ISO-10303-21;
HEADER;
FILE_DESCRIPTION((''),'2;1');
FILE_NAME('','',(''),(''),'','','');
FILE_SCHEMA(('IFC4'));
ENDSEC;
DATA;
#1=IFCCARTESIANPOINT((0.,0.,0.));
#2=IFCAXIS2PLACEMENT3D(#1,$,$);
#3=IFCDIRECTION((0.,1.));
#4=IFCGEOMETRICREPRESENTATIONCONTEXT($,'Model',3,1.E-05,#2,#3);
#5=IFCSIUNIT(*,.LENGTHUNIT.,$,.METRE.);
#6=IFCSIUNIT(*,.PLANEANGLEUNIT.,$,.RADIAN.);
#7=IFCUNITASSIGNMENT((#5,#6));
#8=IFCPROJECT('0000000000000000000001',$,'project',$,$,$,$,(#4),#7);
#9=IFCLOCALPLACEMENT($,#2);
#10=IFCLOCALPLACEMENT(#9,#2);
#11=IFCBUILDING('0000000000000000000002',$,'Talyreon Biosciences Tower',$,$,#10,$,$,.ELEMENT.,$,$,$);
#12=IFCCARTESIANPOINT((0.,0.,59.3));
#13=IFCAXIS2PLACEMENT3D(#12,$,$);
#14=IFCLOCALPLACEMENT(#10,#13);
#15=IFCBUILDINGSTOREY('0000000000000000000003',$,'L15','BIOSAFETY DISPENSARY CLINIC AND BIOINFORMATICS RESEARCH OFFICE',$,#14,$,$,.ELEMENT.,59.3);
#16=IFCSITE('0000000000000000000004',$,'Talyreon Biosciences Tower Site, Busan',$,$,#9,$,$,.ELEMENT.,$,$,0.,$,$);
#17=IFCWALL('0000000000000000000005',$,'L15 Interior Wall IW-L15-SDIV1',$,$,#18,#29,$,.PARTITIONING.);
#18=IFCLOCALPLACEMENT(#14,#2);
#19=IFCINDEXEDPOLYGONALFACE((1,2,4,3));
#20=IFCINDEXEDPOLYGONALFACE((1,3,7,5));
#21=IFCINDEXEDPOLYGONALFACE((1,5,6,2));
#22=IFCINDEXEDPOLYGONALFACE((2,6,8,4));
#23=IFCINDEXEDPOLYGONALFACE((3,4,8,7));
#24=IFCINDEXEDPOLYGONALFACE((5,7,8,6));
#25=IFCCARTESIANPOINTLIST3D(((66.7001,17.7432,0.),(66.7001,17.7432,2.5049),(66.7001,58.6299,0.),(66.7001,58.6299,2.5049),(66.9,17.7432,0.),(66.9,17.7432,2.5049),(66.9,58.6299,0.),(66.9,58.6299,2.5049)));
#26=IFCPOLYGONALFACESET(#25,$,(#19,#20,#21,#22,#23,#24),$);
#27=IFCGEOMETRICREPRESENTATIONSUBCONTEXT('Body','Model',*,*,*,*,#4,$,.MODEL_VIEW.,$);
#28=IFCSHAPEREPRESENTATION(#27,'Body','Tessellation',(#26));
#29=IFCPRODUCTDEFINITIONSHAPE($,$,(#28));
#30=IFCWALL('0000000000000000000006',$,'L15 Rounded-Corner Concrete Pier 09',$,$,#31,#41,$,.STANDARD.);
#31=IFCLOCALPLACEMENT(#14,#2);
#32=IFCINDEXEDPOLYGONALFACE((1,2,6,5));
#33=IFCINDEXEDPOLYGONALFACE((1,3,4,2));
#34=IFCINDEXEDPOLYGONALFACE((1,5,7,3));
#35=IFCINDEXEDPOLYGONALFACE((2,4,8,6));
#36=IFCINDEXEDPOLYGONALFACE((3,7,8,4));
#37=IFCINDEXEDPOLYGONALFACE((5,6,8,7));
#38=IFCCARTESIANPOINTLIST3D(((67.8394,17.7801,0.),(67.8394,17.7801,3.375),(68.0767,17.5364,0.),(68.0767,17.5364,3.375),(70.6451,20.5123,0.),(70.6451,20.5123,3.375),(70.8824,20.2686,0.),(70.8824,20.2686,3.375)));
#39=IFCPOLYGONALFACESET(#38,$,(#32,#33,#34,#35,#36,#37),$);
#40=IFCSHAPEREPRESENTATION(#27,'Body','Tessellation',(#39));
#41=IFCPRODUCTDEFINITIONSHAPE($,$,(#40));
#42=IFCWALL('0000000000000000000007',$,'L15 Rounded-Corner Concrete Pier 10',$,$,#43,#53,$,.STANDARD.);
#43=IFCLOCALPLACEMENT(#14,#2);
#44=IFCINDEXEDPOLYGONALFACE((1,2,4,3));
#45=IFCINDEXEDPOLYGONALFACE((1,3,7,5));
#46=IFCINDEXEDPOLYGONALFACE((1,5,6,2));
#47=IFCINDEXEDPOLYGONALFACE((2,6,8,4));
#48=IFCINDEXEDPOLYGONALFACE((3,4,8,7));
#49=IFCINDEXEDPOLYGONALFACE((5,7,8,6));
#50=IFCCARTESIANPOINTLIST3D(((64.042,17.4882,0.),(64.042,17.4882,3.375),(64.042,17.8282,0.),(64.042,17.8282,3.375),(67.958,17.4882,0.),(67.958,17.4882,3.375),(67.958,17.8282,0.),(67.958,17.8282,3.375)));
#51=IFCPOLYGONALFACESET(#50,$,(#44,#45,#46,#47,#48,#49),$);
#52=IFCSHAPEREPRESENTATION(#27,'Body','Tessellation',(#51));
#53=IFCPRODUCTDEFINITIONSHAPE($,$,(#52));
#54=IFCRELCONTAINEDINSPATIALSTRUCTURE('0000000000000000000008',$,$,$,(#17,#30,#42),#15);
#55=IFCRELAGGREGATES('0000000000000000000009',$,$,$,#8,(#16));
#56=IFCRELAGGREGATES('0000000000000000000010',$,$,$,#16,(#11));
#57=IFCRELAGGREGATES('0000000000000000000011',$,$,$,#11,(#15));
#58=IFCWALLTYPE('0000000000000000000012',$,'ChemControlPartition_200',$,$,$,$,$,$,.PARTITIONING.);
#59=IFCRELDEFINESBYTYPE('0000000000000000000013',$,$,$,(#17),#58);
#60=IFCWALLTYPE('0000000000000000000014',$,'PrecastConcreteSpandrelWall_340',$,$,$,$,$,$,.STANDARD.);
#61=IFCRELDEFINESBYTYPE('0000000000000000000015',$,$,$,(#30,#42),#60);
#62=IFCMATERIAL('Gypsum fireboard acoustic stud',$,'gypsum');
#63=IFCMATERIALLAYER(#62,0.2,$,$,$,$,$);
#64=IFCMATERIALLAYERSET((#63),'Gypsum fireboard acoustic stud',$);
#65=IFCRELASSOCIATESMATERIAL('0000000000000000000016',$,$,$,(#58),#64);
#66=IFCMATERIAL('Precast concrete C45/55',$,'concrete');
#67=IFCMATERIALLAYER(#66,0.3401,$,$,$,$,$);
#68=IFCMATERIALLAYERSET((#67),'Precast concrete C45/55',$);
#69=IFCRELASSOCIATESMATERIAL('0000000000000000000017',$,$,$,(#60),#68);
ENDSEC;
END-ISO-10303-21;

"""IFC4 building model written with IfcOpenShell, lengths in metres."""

from ifc_helpers import new_model, si_unit, direction, frame, frame_2d, origin, place, context, subcontext, project, spatial, rectangle, extrude, material, layer, layer_set, type_object, element, save


model = new_model("IFC4")

# Units and contexts
model_context = context("Model", 3, precision=1e-05, world=origin(), true_north=direction((0.0, 1.0)))
body_context = subcontext(model_context, "Body", "Model", "MODEL_VIEW")
ifc_project = project(units=[si_unit("LENGTHUNIT", "METRE"), si_unit("PLANEANGLEUNIT", "RADIAN")], contexts=[model_context])

# Site, building, storey
site_placement = place(None, origin())
site = spatial("IfcSite", under=ifc_project, at=site_placement, Name="Talyreon Biosciences Tower Site, Busan", CompositionType="ELEMENT", RefElevation=0.0)
building_placement = place(site_placement, origin())
building = spatial("IfcBuilding", under=site, at=building_placement, Name="Talyreon Biosciences Tower", CompositionType="ELEMENT")
storey_placement = place(building_placement, frame((0.0, 0.0, 59.3)))
storey = spatial("IfcBuildingStorey", under=building, at=storey_placement, Name="L15", Description="BIOSAFETY DISPENSARY CLINIC AND BIOINFORMATICS RESEARCH OFFICE", CompositionType="ELEMENT", Elevation=59.3)

# Shared definitions
ifc_material_1 = material(Name="Precast concrete C45/55", Category="concrete")

# Walls
ifc_material_2 = material(Name="Gypsum fireboard acoustic stud", Category="gypsum")
ifc_layer_1 = layer(ifc_material_2, 0.2)
ifc_layer_set_1 = layer_set([ifc_layer_1], Name="Gypsum fireboard acoustic stud")
wall_type_1 = type_object("IfcWallType", Name="ChemControlPartition_200", PredefinedType="PARTITIONING", material=ifc_layer_set_1)
wall_1_placement = place(storey_placement, frame((66.8, 17.7432, 0.0), z_axis=(0.0, 0.0, 1.0), x_axis=(0.0, 1.0, 0.0)))
element("IfcWall", 1, at=wall_1_placement, inside=storey, type_object=wall_type_1, Name="L15 Interior Wall IW-L15-SDIV1", PredefinedType="PARTITIONING", context=body_context, shape_type="SweptSolid", body=[
    extrude(rectangle(XDim=40.8867, YDim=0.2, at=frame_2d((20.4434, 0.0))), origin(), (0.0, 0.0, 1.0), 2.5049),
])
ifc_layer_2 = layer(ifc_material_1, 0.3401)
ifc_layer_set_2 = layer_set([ifc_layer_2], Name="Precast concrete C45/55")
wall_type_2 = type_object("IfcWallType", Name="PrecastConcreteSpandrelWall_340", PredefinedType="STANDARD", material=ifc_layer_set_2)
wall_2_placement = place(storey_placement, frame((70.7637, 20.3904, 0.0), z_axis=(0.0, 0.0, 1.0), x_axis=(-0.716427, -0.697662, 0.0)))
element("IfcWall", 2, at=wall_2_placement, inside=storey, type_object=wall_type_2, Name="L15 Rounded-Corner Concrete Pier 09", PredefinedType="STANDARD", context=body_context, shape_type="SweptSolid", body=[
    extrude(rectangle(XDim=3.9163, YDim=0.3401, at=frame_2d((1.958, 0.0))), origin(), (0.0, 0.0, 1.0), 3.375),
])
wall_3_placement = place(storey_placement, frame((67.958, 17.6582, 0.0), z_axis=(0.0, 0.0, 1.0), x_axis=(-1.0, 0.0, 0.0)))
element("IfcWall", 3, at=wall_3_placement, inside=storey, type_object=wall_type_2, Name="L15 Rounded-Corner Concrete Pier 10", PredefinedType="STANDARD", context=body_context, shape_type="SweptSolid", body=[
    extrude(rectangle(XDim=3.916, YDim=0.3401, at=frame_2d((1.958, 0.0))), origin(), (0.0, 0.0, 1.0), 3.375),
])

save(model, "model.ifc")
